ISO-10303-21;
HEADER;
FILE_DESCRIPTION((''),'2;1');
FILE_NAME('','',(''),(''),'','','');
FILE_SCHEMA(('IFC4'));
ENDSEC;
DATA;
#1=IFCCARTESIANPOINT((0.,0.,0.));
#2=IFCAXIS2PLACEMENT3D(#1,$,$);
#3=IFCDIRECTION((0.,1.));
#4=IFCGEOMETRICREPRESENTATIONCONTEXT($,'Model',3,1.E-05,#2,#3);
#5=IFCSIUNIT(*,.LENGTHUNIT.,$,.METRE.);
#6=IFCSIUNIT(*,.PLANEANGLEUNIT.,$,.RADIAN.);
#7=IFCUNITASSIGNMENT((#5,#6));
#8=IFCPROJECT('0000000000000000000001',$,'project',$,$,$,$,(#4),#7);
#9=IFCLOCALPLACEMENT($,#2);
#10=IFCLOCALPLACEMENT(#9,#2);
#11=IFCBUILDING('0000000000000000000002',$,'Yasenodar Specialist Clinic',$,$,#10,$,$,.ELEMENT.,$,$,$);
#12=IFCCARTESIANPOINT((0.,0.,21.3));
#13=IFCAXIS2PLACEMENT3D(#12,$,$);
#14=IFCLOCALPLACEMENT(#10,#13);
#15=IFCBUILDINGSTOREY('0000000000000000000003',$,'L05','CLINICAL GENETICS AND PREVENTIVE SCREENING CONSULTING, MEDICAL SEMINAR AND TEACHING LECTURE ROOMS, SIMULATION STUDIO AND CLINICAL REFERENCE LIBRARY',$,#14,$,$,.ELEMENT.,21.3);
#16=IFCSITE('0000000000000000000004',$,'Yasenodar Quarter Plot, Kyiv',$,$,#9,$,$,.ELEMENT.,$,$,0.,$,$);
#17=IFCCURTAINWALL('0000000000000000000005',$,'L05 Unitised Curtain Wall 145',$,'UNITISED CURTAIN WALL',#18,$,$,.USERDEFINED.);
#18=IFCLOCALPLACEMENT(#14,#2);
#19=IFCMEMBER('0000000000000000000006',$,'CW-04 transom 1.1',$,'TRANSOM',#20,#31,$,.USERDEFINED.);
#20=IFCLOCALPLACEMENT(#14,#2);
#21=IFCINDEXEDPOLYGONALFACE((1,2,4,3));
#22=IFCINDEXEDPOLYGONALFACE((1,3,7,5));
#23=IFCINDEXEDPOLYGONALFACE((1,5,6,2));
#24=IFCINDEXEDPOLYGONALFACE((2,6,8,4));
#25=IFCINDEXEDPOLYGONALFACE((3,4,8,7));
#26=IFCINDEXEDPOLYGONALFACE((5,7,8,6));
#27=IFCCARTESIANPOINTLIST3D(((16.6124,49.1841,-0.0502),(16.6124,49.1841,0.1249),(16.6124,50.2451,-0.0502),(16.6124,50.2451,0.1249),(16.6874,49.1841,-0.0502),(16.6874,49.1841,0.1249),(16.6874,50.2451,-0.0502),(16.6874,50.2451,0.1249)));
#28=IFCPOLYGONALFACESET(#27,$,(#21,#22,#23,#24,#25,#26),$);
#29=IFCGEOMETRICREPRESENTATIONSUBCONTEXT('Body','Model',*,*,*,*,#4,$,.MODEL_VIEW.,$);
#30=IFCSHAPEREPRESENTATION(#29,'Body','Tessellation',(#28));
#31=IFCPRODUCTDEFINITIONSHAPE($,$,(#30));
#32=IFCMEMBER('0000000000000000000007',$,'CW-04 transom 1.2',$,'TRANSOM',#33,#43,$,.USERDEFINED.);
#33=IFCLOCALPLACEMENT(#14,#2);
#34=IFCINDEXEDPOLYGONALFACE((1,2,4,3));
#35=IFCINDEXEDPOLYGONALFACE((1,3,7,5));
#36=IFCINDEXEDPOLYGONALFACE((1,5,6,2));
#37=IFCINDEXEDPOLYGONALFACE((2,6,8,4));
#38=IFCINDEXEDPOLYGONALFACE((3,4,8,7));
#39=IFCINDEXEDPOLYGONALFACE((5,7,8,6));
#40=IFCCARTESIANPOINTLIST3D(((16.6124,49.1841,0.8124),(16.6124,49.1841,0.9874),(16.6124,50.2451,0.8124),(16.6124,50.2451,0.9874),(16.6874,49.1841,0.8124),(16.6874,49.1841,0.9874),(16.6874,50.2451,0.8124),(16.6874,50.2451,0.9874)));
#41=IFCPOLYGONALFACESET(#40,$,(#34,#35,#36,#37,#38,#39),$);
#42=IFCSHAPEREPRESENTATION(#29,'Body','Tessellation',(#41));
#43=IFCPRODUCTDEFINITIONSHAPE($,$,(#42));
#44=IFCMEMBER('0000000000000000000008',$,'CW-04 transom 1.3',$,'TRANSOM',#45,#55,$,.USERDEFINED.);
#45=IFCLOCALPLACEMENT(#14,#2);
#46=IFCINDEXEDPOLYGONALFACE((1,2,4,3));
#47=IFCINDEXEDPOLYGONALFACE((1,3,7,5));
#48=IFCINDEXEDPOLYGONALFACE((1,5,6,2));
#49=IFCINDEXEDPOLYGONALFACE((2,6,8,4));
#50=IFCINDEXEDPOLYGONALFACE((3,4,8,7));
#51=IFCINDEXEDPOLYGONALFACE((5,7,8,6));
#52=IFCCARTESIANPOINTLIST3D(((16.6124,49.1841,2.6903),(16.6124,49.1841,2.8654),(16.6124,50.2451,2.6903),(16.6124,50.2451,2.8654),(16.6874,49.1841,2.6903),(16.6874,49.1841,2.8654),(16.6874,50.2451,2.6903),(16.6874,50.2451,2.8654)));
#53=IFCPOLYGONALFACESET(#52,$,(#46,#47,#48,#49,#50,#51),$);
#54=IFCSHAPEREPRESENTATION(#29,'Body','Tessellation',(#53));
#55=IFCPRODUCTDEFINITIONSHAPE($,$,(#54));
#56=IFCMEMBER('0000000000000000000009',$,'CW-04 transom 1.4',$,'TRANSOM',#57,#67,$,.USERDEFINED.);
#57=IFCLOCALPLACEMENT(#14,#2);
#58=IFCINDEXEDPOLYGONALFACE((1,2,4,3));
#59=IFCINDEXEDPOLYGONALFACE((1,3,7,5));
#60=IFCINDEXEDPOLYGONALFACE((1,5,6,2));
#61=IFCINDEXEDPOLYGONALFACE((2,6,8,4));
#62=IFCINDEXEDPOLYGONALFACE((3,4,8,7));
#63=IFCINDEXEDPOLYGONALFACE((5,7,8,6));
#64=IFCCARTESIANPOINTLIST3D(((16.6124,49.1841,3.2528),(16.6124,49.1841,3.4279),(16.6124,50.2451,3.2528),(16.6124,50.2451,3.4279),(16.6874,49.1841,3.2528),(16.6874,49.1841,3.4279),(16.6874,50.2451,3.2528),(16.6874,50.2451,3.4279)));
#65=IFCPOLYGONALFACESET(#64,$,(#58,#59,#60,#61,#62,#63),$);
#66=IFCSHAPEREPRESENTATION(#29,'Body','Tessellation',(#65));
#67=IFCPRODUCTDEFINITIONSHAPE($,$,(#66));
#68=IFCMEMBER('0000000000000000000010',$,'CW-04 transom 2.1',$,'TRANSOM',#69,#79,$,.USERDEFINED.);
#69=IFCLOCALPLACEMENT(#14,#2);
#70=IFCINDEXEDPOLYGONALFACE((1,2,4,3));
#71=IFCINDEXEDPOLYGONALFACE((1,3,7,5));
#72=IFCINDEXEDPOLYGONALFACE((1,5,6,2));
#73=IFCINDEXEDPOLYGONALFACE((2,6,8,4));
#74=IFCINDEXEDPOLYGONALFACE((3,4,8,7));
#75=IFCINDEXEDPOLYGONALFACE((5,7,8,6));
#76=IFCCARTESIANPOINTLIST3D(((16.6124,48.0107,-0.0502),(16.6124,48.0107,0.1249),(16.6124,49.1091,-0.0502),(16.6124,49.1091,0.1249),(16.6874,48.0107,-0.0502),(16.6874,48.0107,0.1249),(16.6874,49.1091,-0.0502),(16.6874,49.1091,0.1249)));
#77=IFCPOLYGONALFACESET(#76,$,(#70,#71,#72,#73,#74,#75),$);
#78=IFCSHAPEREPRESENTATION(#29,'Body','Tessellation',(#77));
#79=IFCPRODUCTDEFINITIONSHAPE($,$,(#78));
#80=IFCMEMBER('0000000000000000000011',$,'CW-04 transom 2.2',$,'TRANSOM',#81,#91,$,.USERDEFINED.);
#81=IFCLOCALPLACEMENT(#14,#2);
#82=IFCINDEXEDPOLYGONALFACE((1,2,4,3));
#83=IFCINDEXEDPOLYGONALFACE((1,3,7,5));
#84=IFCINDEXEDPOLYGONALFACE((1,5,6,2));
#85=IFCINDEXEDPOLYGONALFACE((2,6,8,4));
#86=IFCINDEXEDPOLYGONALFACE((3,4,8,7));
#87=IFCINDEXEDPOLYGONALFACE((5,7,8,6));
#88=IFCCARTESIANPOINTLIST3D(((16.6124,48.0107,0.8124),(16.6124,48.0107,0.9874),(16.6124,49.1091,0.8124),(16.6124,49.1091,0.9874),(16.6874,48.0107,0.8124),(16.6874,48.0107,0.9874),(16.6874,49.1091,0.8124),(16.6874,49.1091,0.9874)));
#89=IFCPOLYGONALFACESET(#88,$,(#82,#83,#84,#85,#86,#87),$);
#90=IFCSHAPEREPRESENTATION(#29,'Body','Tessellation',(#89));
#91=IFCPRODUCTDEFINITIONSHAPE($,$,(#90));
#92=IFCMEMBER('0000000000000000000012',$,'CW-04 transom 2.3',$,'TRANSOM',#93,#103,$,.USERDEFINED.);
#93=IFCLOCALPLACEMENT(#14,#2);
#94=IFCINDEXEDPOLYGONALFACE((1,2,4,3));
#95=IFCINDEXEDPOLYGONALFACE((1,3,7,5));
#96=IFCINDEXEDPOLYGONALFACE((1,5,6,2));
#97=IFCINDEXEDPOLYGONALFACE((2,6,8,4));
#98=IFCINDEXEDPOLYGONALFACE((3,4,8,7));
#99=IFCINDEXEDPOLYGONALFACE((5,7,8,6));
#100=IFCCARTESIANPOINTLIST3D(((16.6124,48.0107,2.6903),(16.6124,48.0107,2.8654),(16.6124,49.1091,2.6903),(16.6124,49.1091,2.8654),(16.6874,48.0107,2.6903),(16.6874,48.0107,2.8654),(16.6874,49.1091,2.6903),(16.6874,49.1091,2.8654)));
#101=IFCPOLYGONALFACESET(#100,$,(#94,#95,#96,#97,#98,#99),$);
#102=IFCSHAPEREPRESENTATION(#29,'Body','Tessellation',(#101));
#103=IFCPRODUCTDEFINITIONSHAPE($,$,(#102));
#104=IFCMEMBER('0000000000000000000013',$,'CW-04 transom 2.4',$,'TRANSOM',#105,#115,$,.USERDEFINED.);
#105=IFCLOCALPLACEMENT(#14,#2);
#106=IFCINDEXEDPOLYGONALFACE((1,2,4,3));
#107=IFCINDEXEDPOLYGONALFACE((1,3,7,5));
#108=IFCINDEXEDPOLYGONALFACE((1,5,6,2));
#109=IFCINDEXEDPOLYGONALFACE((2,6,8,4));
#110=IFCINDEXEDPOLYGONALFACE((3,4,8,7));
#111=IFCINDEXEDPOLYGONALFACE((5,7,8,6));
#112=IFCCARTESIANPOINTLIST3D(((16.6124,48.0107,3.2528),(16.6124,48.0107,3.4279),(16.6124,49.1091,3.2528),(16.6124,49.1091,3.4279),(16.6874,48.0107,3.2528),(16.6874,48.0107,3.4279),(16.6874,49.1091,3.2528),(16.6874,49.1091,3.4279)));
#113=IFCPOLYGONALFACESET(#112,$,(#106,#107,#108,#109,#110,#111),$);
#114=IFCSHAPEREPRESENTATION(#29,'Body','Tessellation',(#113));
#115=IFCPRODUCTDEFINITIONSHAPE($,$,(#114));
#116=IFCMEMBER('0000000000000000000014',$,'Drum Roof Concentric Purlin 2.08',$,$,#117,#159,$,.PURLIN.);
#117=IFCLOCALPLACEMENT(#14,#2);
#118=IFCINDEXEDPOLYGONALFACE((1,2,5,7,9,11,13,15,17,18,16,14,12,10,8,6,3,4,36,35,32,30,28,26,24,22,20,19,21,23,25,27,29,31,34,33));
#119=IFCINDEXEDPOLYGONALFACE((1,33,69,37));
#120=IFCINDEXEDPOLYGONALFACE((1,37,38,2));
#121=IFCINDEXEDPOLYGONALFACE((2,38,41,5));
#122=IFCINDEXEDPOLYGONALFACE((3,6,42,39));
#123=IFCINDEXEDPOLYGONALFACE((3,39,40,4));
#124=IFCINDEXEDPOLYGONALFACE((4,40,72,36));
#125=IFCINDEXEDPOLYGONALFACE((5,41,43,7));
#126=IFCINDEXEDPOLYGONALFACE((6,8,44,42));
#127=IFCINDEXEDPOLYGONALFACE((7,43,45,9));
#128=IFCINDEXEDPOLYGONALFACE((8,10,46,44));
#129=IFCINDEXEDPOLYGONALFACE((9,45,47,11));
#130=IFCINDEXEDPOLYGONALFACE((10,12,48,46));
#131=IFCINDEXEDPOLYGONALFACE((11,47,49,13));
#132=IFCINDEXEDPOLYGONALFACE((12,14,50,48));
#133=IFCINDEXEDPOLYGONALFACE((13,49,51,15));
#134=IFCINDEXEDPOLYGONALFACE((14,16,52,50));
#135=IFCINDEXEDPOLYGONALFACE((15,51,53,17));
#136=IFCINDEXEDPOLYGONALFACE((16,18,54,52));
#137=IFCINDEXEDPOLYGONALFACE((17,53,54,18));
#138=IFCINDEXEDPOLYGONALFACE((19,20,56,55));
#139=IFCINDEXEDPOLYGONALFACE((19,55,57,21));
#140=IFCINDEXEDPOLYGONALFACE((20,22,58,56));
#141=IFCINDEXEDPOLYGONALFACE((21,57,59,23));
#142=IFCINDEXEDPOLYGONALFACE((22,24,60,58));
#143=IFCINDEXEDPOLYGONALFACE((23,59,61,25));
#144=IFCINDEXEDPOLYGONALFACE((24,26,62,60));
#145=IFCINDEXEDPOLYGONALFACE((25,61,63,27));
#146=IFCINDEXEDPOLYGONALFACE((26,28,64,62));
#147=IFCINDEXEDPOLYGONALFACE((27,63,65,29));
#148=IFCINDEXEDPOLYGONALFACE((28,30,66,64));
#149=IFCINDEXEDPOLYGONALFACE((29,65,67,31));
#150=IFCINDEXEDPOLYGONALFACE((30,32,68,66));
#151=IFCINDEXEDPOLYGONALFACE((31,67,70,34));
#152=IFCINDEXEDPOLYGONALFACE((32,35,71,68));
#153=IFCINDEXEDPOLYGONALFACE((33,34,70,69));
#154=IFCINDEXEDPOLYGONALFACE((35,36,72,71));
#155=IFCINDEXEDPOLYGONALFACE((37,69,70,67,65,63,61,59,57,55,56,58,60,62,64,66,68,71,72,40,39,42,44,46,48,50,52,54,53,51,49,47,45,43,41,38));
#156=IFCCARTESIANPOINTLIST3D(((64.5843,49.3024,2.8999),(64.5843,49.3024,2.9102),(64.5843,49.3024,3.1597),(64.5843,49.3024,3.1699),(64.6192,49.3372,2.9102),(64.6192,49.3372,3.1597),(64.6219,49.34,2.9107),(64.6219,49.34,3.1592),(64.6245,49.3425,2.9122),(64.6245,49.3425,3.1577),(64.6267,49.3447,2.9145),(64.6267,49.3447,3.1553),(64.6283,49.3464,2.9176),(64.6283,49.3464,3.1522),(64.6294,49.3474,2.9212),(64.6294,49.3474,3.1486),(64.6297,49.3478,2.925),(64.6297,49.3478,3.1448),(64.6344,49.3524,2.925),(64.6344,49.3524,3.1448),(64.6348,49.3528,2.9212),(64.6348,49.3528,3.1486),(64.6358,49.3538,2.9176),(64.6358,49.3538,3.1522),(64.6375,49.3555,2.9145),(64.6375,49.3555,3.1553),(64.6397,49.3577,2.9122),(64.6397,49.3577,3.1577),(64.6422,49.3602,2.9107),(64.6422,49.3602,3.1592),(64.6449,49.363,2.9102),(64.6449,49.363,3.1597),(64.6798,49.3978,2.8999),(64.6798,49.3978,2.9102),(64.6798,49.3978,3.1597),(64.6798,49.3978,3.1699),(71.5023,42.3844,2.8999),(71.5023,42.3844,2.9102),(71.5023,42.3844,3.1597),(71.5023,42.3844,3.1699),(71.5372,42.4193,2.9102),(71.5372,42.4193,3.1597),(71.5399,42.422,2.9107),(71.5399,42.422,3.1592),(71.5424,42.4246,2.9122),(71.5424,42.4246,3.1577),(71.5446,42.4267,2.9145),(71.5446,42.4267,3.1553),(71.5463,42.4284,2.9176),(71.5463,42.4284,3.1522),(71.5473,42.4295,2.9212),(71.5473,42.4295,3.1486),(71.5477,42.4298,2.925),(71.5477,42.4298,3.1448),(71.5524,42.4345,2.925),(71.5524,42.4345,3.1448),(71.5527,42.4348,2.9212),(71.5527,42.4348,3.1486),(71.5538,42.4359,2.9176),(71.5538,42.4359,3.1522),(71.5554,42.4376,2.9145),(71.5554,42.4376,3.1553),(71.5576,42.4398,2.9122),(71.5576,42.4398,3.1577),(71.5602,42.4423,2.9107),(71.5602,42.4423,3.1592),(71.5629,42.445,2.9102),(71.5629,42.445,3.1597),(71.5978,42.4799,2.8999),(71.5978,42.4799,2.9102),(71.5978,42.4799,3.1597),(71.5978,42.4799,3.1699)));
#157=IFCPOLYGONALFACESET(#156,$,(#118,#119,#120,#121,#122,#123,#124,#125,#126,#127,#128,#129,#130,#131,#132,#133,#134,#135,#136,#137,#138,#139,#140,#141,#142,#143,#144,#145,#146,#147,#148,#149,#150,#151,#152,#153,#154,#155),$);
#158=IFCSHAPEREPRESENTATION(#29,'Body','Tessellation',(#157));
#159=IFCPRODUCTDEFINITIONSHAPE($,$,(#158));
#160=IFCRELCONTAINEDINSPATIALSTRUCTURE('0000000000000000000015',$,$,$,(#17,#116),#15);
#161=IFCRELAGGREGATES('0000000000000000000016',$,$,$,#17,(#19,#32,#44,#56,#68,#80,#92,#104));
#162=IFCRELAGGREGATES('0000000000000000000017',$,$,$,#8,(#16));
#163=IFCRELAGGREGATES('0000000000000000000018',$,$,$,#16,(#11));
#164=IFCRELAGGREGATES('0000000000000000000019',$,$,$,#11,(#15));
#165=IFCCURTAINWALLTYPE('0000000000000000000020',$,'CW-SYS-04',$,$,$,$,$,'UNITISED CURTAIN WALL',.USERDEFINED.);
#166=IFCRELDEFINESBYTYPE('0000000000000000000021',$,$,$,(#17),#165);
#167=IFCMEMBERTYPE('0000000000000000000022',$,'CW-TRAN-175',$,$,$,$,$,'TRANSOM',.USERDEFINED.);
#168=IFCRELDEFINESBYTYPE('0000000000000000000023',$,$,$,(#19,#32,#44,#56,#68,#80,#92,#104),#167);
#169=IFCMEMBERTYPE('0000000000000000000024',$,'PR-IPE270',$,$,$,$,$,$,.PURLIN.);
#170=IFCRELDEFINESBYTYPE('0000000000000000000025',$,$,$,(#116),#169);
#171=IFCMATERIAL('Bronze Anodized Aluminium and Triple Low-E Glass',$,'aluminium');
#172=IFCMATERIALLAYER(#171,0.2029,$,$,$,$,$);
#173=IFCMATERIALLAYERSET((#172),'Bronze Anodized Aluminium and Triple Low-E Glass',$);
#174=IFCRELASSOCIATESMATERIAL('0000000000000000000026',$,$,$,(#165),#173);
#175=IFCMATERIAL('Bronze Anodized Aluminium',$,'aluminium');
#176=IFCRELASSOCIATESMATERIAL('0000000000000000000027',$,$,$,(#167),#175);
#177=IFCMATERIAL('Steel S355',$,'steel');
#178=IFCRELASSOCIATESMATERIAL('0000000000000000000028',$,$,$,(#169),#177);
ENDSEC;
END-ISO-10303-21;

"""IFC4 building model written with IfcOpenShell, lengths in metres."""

from ifc_helpers import new_model, si_unit, direction, frame, origin, origin_2d, place, context, subcontext, project, spatial, rectangle, i_section, extrude, material, layer, layer_set, material_profile, profile_set, type_object, element, aggregate, save


model = new_model("IFC4")

# Units and contexts
model_context = context("Model", 3, precision=1e-05, world=origin(), true_north=direction((0.0, 1.0)))
body_context = subcontext(model_context, "Body", "Model", "MODEL_VIEW")
ifc_project = project(units=[si_unit("LENGTHUNIT", "METRE"), si_unit("PLANEANGLEUNIT", "RADIAN")], contexts=[model_context])

# Site, building, storey
site_placement = place(None, origin())
site = spatial("IfcSite", under=ifc_project, at=site_placement, Name="Yasenodar Quarter Plot, Kyiv", CompositionType="ELEMENT", RefElevation=0.0)
building_placement = place(site_placement, origin())
building = spatial("IfcBuilding", under=site, at=building_placement, Name="Yasenodar Specialist Clinic", CompositionType="ELEMENT")
storey_placement = place(building_placement, frame((0.0, 0.0, 21.3)))
storey = spatial("IfcBuildingStorey", under=building, at=storey_placement, Name="L05", Description="CLINICAL GENETICS AND PREVENTIVE SCREENING CONSULTING, MEDICAL SEMINAR AND TEACHING LECTURE ROOMS, SIMULATION STUDIO AND CLINICAL REFERENCE LIBRARY", CompositionType="ELEMENT", Elevation=21.3)

# Shared definitions
ifc_material_1 = material(Name="Steel S355", Category="steel")

# Curtain wall, members
ifc_material_2 = material(Name="Bronze Anodized Aluminium and Triple Low-E Glass", Category="aluminium")
ifc_layer_1 = layer(ifc_material_2, 0.2029)
ifc_layer_set_1 = layer_set([ifc_layer_1], Name="Bronze Anodized Aluminium and Triple Low-E Glass")
curtain_wall_type = type_object("IfcCurtainWallType", Name="CW-SYS-04", ElementType="UNITISED CURTAIN WALL", PredefinedType="USERDEFINED", material=ifc_layer_set_1)
curtain_wall_placement = place(storey_placement, origin())
curtain_wall = element("IfcCurtainWall", 1, at=curtain_wall_placement, inside=storey, type_object=curtain_wall_type, Name="L05 Unitised Curtain Wall 145", ObjectType="UNITISED CURTAIN WALL", PredefinedType="USERDEFINED")
ifc_material_3 = material(Name="Bronze Anodized Aluminium", Category="aluminium")
ifc_material_profile_1 = material_profile(ifc_material_3, rectangle(XDim=0.075, YDim=0.175, at=origin_2d()), Name="CW-TRAN 75x175")
ifc_profile_set_1 = profile_set([ifc_material_profile_1], Name="Bronze Anodized Aluminium")
member_type_1 = type_object("IfcMemberType", Name="CW-TRAN-175", ElementType="TRANSOM", PredefinedType="USERDEFINED", material=ifc_profile_set_1)
member_1_placement = place(storey_placement, frame((16.6499, 50.2451, 0.0374), z_axis=(0.0, -1.0, 0.0), x_axis=(1.0, 0.0, 0.0)))
member_1 = element("IfcMember", 2, at=member_1_placement, type_object=member_type_1, Name="CW-04 transom 1.1", ObjectType="TRANSOM", PredefinedType="USERDEFINED", context=body_context, shape_type="SweptSolid", body=[
    extrude(rectangle(XDim=0.075, YDim=0.175, at=origin_2d()), origin(), (0.0, 0.0, 1.0), 1.061),
])
member_2_placement = place(storey_placement, frame((16.6499, 50.2451, 0.8999), z_axis=(0.0, -1.0, 0.0), x_axis=(1.0, 0.0, 0.0)))
member_2 = element("IfcMember", 3, at=member_2_placement, type_object=member_type_1, Name="CW-04 transom 1.2", ObjectType="TRANSOM", PredefinedType="USERDEFINED", context=body_context, shape_type="SweptSolid", body=[
    extrude(rectangle(XDim=0.075, YDim=0.175, at=origin_2d()), origin(), (0.0, 0.0, 1.0), 1.061),
])
member_3_placement = place(storey_placement, frame((16.6499, 50.2451, 2.7778), z_axis=(0.0, -1.0, 0.0), x_axis=(1.0, 0.0, 0.0)))
member_3 = element("IfcMember", 4, at=member_3_placement, type_object=member_type_1, Name="CW-04 transom 1.3", ObjectType="TRANSOM", PredefinedType="USERDEFINED", context=body_context, shape_type="SweptSolid", body=[
    extrude(rectangle(XDim=0.075, YDim=0.175, at=origin_2d()), origin(), (0.0, 0.0, 1.0), 1.061),
])
member_4_placement = place(storey_placement, frame((16.6499, 50.2451, 3.3403), z_axis=(0.0, -1.0, 0.0), x_axis=(1.0, 0.0, 0.0)))
member_4 = element("IfcMember", 5, at=member_4_placement, type_object=member_type_1, Name="CW-04 transom 1.4", ObjectType="TRANSOM", PredefinedType="USERDEFINED", context=body_context, shape_type="SweptSolid", body=[
    extrude(rectangle(XDim=0.075, YDim=0.175, at=origin_2d()), origin(), (0.0, 0.0, 1.0), 1.061),
])
member_5_placement = place(storey_placement, frame((16.6499, 49.1091, 0.0374), z_axis=(0.0, -1.0, 0.0), x_axis=(1.0, 0.0, 0.0)))
member_5 = element("IfcMember", 6, at=member_5_placement, type_object=member_type_1, Name="CW-04 transom 2.1", ObjectType="TRANSOM", PredefinedType="USERDEFINED", context=body_context, shape_type="SweptSolid", body=[
    extrude(rectangle(XDim=0.075, YDim=0.175, at=origin_2d()), origin(), (0.0, 0.0, 1.0), 1.0984),
])
member_6_placement = place(storey_placement, frame((16.6499, 49.1091, 0.8999), z_axis=(0.0, -1.0, 0.0), x_axis=(1.0, 0.0, 0.0)))
member_6 = element("IfcMember", 7, at=member_6_placement, type_object=member_type_1, Name="CW-04 transom 2.2", ObjectType="TRANSOM", PredefinedType="USERDEFINED", context=body_context, shape_type="SweptSolid", body=[
    extrude(rectangle(XDim=0.075, YDim=0.175, at=origin_2d()), origin(), (0.0, 0.0, 1.0), 1.0984),
])
member_7_placement = place(storey_placement, frame((16.6499, 49.1091, 2.7778), z_axis=(0.0, -1.0, 0.0), x_axis=(1.0, 0.0, 0.0)))
member_7 = element("IfcMember", 8, at=member_7_placement, type_object=member_type_1, Name="CW-04 transom 2.3", ObjectType="TRANSOM", PredefinedType="USERDEFINED", context=body_context, shape_type="SweptSolid", body=[
    extrude(rectangle(XDim=0.075, YDim=0.175, at=origin_2d()), origin(), (0.0, 0.0, 1.0), 1.0984),
])
member_8_placement = place(storey_placement, frame((16.6499, 49.1091, 3.3403), z_axis=(0.0, -1.0, 0.0), x_axis=(1.0, 0.0, 0.0)))
member_8 = element("IfcMember", 9, at=member_8_placement, type_object=member_type_1, Name="CW-04 transom 2.4", ObjectType="TRANSOM", PredefinedType="USERDEFINED", context=body_context, shape_type="SweptSolid", body=[
    extrude(rectangle(XDim=0.075, YDim=0.175, at=origin_2d()), origin(), (0.0, 0.0, 1.0), 1.0984),
])

# Member
ifc_material_profile_2 = material_profile(ifc_material_1, i_section(OverallWidth=0.135, OverallDepth=0.27, WebThickness=0.0066, FlangeThickness=0.0103, FilletRadius=0.0149, at=origin_2d()), Name="IPE 270")
ifc_profile_set_2 = profile_set([ifc_material_profile_2], Name="Steel S355")
member_type_2 = type_object("IfcMemberType", Name="PR-IPE270", PredefinedType="PURLIN", material=ifc_profile_set_2)
member_9_placement = place(storey_placement, frame((64.6321, 49.3501, 3.0349), z_axis=(0.707107, -0.707107, 0.0), x_axis=(0.707107, 0.707107, 0.0)))
element("IfcMember", 10, at=member_9_placement, inside=storey, type_object=member_type_2, Name="Drum Roof Concentric Purlin 2.08", PredefinedType="PURLIN", context=body_context, shape_type="SweptSolid", body=[
    extrude(i_section(OverallWidth=0.135, OverallDepth=0.27, WebThickness=0.0066, FlangeThickness=0.0103, FilletRadius=0.0149, at=origin_2d()), origin(), (0.0, 0.0, 1.0), 9.7834),
])

aggregate(curtain_wall, [member_1, member_2, member_3, member_4, member_5, member_6, member_7, member_8])

save(model, "model.ifc")
